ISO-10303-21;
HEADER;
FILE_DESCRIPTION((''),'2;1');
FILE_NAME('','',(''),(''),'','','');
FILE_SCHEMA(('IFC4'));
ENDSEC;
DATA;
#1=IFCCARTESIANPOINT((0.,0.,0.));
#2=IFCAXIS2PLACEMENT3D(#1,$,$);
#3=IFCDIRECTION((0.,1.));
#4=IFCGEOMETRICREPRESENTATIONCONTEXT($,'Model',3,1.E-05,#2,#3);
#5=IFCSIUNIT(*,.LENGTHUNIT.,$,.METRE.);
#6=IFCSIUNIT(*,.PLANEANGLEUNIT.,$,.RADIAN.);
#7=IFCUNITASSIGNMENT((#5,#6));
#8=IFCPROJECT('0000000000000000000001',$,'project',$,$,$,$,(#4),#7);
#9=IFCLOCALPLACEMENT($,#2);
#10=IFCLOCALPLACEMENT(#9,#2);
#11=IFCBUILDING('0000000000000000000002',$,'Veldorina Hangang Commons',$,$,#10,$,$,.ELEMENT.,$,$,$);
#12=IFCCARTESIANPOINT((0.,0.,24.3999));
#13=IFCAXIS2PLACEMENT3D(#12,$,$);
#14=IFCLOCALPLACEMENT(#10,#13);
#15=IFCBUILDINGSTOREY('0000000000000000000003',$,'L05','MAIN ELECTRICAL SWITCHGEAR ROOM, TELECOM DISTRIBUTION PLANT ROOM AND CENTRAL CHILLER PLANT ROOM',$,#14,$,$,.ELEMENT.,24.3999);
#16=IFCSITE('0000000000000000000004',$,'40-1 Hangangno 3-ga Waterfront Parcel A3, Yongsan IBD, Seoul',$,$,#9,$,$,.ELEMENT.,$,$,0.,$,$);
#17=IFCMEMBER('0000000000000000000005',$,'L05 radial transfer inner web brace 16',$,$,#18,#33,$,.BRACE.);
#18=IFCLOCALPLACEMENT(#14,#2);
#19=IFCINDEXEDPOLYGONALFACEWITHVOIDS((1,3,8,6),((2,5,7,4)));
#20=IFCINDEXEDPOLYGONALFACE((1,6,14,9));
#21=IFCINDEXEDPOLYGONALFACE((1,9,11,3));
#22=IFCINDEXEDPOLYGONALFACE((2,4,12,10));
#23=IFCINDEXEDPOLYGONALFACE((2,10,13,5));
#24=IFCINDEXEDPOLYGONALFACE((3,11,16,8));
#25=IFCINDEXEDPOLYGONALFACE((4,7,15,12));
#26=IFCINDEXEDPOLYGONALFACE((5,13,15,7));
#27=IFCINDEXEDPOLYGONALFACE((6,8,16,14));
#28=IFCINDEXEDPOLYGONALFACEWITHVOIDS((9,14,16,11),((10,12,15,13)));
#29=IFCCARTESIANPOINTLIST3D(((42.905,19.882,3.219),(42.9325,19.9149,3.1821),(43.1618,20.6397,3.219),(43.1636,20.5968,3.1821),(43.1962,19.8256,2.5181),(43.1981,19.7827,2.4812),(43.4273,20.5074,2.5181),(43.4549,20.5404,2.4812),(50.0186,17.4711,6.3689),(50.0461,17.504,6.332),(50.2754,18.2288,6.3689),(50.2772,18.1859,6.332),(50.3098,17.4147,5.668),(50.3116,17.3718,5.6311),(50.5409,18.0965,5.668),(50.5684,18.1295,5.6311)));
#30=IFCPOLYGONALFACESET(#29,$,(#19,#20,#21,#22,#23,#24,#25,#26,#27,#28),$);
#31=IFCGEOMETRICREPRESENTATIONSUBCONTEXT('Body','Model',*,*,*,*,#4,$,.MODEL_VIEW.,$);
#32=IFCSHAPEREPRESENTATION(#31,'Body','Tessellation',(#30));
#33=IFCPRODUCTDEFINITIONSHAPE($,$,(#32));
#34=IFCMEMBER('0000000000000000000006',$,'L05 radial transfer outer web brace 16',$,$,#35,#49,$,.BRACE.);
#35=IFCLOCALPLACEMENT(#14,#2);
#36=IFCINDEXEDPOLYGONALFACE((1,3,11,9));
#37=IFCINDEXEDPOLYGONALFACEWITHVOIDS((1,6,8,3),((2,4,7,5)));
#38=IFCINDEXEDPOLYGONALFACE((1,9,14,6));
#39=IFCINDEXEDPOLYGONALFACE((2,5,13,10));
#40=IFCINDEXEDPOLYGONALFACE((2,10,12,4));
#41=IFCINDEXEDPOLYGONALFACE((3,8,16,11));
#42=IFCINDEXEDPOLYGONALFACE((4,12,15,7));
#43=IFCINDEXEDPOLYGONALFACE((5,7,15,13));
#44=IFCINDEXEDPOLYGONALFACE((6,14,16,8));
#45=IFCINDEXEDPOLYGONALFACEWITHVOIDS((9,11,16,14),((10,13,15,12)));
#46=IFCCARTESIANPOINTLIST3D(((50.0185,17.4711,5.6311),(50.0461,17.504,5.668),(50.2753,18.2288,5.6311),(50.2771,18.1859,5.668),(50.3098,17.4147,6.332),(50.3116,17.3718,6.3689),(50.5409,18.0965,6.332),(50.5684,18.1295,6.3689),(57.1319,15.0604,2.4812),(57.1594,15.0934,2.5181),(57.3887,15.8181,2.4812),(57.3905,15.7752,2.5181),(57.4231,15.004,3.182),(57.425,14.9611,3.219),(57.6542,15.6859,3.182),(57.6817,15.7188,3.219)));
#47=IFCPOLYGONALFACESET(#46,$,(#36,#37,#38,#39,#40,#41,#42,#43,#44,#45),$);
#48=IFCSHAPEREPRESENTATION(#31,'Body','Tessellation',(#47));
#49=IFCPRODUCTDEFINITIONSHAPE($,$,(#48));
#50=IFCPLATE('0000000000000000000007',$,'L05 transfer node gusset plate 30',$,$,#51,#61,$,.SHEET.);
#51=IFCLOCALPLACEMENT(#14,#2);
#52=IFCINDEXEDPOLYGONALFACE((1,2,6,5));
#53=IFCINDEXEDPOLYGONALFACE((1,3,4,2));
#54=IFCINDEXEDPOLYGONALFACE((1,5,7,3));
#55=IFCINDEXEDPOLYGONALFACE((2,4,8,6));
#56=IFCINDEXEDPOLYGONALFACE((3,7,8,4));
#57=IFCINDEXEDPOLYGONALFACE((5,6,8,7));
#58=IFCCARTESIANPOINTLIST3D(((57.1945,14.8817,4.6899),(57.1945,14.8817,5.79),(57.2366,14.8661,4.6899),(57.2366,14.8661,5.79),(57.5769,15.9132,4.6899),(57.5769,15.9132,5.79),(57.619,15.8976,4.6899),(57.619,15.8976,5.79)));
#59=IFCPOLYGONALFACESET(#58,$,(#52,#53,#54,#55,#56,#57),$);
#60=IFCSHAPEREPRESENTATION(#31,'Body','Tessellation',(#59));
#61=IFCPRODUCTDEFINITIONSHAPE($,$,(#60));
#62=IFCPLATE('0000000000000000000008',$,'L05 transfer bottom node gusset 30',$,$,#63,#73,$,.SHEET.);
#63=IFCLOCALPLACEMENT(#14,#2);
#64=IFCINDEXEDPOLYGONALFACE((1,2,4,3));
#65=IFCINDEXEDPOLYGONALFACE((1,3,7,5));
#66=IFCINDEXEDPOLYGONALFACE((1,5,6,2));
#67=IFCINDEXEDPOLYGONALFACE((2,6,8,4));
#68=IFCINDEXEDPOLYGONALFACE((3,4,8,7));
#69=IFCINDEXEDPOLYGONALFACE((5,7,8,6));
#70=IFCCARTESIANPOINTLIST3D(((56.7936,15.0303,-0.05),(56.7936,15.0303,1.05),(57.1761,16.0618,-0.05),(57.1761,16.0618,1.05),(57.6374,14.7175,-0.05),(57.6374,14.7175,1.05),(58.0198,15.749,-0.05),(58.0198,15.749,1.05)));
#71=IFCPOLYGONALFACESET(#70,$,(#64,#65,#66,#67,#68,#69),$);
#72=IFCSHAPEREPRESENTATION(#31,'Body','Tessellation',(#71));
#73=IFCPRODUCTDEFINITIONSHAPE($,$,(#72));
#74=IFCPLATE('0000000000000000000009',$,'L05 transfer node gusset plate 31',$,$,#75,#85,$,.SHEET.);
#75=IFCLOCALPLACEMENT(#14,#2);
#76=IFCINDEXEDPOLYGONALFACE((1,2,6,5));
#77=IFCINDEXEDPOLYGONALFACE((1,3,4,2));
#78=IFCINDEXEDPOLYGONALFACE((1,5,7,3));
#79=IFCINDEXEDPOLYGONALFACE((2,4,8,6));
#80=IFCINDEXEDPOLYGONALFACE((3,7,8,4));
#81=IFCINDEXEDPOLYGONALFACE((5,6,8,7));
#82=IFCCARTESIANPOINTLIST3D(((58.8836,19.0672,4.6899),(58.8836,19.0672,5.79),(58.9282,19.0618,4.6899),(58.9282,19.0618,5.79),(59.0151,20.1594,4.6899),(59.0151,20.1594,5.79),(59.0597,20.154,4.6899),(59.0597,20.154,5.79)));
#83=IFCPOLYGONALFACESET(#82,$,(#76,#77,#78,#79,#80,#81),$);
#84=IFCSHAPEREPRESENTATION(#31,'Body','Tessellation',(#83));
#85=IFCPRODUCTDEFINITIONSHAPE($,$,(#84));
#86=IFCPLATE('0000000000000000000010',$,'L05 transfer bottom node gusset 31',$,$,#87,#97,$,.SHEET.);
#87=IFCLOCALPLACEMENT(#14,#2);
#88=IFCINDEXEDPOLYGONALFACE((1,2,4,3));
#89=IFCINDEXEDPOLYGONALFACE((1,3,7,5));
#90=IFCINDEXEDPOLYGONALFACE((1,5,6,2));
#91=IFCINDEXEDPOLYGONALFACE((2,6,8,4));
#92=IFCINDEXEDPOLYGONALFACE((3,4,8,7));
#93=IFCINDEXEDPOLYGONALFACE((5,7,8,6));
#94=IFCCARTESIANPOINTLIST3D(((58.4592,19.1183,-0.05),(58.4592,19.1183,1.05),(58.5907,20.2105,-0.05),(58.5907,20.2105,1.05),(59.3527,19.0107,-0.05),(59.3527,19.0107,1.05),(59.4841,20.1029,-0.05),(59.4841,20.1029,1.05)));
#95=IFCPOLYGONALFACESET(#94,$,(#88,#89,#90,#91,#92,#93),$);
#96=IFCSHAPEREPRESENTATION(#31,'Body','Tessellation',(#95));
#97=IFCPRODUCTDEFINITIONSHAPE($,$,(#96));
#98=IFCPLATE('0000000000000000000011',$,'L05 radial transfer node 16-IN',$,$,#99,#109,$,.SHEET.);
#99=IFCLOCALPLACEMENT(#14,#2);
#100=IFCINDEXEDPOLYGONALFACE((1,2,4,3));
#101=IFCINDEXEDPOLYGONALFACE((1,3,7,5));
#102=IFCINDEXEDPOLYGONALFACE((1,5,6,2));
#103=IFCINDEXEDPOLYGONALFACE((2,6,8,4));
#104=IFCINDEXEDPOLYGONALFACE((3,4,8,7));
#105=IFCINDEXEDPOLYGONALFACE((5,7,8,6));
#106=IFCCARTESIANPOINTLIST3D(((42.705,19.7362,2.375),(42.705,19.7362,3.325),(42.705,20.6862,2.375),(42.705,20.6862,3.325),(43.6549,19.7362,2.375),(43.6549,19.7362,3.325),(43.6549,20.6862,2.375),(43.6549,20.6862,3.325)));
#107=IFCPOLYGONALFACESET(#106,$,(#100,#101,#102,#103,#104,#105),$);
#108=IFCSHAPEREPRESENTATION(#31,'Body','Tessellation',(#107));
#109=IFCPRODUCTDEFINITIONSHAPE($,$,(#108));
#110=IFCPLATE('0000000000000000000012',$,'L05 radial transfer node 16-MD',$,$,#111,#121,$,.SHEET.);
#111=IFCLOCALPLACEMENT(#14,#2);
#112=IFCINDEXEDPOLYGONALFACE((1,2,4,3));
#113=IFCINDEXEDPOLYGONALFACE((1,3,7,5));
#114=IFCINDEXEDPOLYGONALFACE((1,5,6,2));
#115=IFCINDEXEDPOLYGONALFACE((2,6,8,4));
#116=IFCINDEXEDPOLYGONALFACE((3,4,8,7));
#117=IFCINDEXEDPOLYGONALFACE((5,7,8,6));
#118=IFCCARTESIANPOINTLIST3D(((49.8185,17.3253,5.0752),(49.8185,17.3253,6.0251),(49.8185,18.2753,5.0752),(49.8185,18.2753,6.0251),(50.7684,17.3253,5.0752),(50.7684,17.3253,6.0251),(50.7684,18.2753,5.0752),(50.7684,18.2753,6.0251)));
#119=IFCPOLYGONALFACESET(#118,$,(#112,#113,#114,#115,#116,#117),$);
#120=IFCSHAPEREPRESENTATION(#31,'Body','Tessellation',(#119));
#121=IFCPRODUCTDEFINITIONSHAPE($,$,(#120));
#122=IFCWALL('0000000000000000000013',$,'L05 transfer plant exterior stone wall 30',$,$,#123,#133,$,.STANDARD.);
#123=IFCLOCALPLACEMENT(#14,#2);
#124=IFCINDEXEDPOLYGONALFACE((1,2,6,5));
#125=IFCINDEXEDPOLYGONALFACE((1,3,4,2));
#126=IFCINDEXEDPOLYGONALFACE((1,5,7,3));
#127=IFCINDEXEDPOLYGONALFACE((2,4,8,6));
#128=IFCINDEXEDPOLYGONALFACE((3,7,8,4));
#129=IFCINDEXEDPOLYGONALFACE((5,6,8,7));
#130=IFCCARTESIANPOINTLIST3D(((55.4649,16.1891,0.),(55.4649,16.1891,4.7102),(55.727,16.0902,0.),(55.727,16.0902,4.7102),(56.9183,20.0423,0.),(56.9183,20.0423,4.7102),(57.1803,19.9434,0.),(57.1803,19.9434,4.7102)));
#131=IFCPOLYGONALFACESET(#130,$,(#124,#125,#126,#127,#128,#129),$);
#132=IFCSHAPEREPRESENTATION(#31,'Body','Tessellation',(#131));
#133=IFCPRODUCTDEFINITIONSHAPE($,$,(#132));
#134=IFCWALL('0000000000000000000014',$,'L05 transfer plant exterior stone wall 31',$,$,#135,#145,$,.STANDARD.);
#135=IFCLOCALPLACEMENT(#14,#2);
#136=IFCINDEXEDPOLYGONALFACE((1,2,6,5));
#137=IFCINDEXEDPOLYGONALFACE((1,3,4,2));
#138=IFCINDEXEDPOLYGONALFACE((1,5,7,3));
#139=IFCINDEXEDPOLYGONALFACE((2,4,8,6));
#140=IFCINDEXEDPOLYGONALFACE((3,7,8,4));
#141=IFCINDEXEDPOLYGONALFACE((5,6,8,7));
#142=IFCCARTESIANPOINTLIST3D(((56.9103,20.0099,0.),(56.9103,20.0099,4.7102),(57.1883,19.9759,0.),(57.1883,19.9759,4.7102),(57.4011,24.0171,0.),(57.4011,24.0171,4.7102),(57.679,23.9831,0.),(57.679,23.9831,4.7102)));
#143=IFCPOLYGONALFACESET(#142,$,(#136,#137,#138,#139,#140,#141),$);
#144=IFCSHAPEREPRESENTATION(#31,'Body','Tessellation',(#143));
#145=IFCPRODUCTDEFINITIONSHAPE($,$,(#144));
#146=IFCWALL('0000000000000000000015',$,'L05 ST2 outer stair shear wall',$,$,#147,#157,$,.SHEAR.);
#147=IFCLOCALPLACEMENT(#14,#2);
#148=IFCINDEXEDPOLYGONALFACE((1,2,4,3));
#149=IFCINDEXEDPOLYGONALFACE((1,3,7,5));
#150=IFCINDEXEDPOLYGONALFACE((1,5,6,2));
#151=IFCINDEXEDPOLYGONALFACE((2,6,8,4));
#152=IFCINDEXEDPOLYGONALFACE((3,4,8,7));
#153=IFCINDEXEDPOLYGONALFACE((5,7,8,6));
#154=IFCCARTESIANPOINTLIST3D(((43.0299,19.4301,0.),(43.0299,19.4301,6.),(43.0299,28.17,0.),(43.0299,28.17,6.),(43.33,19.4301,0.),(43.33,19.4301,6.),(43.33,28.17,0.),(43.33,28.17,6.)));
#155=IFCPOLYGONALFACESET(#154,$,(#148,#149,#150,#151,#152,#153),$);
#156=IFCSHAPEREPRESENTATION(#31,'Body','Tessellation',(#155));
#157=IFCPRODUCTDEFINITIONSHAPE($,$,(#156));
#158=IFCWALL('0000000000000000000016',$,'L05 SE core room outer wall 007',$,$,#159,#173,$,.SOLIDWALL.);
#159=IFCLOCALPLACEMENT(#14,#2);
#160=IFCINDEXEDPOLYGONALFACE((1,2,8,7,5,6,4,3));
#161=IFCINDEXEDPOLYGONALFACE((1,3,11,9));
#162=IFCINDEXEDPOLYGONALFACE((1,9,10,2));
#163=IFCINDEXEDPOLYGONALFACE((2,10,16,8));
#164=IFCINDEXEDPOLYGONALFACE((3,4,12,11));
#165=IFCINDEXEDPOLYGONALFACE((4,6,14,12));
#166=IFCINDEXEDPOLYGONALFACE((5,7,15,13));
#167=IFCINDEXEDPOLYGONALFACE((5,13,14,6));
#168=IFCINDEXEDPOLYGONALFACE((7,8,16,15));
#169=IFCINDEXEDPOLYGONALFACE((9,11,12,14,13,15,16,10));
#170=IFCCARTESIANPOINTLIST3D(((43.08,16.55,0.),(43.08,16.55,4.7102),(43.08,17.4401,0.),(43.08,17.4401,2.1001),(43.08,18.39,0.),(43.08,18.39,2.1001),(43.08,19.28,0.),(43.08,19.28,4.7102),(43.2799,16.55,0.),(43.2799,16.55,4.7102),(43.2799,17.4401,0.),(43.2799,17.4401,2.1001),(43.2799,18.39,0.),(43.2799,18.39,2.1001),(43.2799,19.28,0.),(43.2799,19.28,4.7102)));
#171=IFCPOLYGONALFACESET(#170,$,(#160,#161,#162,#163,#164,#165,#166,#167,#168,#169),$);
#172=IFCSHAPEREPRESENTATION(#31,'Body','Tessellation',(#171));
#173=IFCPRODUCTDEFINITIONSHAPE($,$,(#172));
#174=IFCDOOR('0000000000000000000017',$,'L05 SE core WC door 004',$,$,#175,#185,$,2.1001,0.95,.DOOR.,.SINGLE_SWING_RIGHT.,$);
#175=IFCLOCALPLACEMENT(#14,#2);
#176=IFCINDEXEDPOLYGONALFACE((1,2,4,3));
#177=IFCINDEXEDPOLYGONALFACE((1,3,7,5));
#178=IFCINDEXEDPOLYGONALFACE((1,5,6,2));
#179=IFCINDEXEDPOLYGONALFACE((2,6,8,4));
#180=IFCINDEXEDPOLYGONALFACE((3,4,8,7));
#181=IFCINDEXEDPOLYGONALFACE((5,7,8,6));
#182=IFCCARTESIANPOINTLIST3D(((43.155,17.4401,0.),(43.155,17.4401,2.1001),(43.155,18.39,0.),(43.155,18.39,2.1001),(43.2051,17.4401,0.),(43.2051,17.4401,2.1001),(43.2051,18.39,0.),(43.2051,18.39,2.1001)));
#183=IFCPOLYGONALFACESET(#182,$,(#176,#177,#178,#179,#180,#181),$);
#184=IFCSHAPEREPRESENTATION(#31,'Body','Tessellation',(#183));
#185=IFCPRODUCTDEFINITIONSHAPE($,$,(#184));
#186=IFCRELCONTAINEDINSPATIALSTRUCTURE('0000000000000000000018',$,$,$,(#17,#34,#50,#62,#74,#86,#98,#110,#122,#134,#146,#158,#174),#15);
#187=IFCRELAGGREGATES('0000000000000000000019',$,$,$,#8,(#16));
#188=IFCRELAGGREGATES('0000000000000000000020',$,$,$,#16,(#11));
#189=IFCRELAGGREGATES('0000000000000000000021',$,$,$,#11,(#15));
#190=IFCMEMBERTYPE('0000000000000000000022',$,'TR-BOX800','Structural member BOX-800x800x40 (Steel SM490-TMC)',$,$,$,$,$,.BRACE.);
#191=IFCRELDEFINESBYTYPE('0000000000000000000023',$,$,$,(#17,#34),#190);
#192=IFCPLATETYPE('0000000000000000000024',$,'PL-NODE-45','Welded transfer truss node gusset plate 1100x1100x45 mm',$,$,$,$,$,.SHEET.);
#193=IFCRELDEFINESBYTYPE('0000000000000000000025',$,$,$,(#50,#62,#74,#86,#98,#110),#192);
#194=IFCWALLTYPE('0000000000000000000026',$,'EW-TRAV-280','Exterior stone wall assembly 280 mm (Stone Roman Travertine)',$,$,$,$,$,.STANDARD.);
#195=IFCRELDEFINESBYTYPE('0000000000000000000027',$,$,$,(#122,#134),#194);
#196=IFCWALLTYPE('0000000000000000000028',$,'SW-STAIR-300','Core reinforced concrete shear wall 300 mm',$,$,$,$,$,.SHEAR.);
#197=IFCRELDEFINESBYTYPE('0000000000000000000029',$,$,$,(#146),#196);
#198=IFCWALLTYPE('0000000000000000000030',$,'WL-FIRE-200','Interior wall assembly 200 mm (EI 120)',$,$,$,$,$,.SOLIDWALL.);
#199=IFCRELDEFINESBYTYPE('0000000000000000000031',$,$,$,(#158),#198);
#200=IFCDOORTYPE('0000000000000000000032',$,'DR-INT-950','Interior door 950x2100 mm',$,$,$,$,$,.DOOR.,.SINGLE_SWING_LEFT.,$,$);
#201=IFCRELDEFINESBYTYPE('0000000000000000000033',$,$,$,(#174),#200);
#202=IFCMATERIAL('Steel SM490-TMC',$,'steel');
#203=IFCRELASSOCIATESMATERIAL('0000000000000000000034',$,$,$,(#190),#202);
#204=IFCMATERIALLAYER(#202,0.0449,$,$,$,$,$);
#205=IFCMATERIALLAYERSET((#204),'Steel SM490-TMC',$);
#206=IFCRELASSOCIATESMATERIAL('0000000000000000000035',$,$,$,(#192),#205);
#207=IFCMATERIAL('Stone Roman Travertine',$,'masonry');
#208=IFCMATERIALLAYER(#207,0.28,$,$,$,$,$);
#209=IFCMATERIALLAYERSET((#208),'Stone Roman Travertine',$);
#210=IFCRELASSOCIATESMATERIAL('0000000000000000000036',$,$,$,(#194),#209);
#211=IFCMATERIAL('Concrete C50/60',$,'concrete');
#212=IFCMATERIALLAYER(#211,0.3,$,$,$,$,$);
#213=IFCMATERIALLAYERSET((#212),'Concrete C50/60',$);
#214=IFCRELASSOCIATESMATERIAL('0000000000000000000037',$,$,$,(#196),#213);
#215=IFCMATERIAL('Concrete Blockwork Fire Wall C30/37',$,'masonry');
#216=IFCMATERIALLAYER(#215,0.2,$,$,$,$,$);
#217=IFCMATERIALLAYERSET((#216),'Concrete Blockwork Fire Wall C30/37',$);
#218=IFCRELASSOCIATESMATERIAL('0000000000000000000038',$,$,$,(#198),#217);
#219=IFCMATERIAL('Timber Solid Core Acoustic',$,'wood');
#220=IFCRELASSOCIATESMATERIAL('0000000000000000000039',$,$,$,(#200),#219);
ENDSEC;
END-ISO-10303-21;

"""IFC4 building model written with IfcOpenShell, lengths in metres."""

from ifc_helpers import new_model, si_unit, direction, frame, frame_2d, origin, origin_2d, place, context, subcontext, project, spatial, rectangle, hollow_rectangle, extrude, material, layer, layer_set, material_profile, profile_set, type_object, element, fill, save


model = new_model("IFC4")

# Units and contexts
model_context = context("Model", 3, precision=1e-05, world=origin(), true_north=direction((0.0, 1.0)))
body_context = subcontext(model_context, "Body", "Model", "MODEL_VIEW")
ifc_project = project(units=[si_unit("LENGTHUNIT", "METRE"), si_unit("PLANEANGLEUNIT", "RADIAN")], contexts=[model_context])

# Site, building, storey
site_placement = place(None, origin())
site = spatial("IfcSite", under=ifc_project, at=site_placement, Name="40-1 Hangangno 3-ga Waterfront Parcel A3, Yongsan IBD, Seoul", CompositionType="ELEMENT", RefElevation=0.0)
building_placement = place(site_placement, origin())
building = spatial("IfcBuilding", under=site, at=building_placement, Name="Veldorina Hangang Commons", CompositionType="ELEMENT")
storey_placement = place(building_placement, frame((0.0, 0.0, 24.3999)))
storey = spatial("IfcBuildingStorey", under=building, at=storey_placement, Name="L05", Description="MAIN ELECTRICAL SWITCHGEAR ROOM, TELECOM DISTRIBUTION PLANT ROOM AND CENTRAL CHILLER PLANT ROOM", CompositionType="ELEMENT", Elevation=24.3999)

# Shared definitions
ifc_material_1 = material(Name="Steel SM490-TMC", Category="steel")

# Members
ifc_material_profile_1 = material_profile(ifc_material_1, hollow_rectangle(XDim=0.8, YDim=0.8, WallThickness=0.04, at=origin_2d()), Name="BOX-800x800x40")
ifc_profile_set_1 = profile_set([ifc_material_profile_1], Name="Steel SM490-TMC")
member_type = type_object("IfcMemberType", Name="TR-BOX800", Description="Structural member BOX-800x800x40 (Steel SM490-TMC)", PredefinedType="BRACE", material=ifc_profile_set_1)
member_1_placement = place(storey_placement, frame((43.1799, 20.2112, 2.8501), z_axis=(0.873391, -0.296006, 0.386741), x_axis=(0.320982, 0.947085, 0.0)))
element("IfcMember", 1, at=member_1_placement, inside=storey, type_object=member_type, Name="L05 radial transfer inner web brace 16", PredefinedType="BRACE", context=body_context, shape_type="SweptSolid", body=[
    extrude(hollow_rectangle(XDim=0.8, YDim=0.8, WallThickness=0.04, at=origin_2d()), origin(), (0.0, 0.0, 1.0), 8.1448),
])
member_2_placement = place(storey_placement, frame((50.2935, 17.8003, 6.0), z_axis=(0.873391, -0.295987, -0.386755), x_axis=(0.320963, 0.947092, 0.0)))
element("IfcMember", 2, at=member_2_placement, inside=storey, type_object=member_type, Name="L05 radial transfer outer web brace 16", PredefinedType="BRACE", context=body_context, shape_type="SweptSolid", body=[
    extrude(hollow_rectangle(XDim=0.8, YDim=0.8, WallThickness=0.04, at=origin_2d()), origin(), (0.0, 0.0, 1.0), 8.1445),
])

# Plates
ifc_layer_1 = layer(ifc_material_1, 0.0449)
ifc_layer_set_1 = layer_set([ifc_layer_1], Name="Steel SM490-TMC")
plate_type = type_object("IfcPlateType", Name="PL-NODE-45", Description="Welded transfer truss node gusset plate 1100x1100x45 mm", PredefinedType="SHEET", material=ifc_layer_set_1)
plate_1_placement = place(storey_placement, frame((57.4067, 15.3896, 4.6899), z_axis=(0.0, 0.0, 1.0), x_axis=(0.347623, 0.937634, 0.0)))
element("IfcPlate", 3, at=plate_1_placement, inside=storey, type_object=plate_type, Name="L05 transfer node gusset plate 30", PredefinedType="SHEET", context=body_context, shape_type="SweptSolid", body=[
    extrude(rectangle(XDim=1.1001, YDim=0.0449, at=origin_2d()), origin(), (0.0, 0.0, 1.0), 1.1001),
])
plate_2_placement = place(storey_placement, frame((57.4067, 15.3896, -0.05), z_axis=(0.0, 0.0, 1.0), x_axis=(0.347623, 0.937634, 0.0)))
element("IfcPlate", 4, at=plate_2_placement, inside=storey, type_object=plate_type, Name="L05 transfer bottom node gusset 30", PredefinedType="SHEET", context=body_context, shape_type="SweptSolid", body=[
    extrude(rectangle(XDim=1.1001, YDim=0.8999, at=origin_2d()), origin(), (0.0, 0.0, 1.0), 1.1001),
])
plate_3_placement = place(storey_placement, frame((58.9717, 19.6106, 4.6899), z_axis=(0.0, 0.0, 1.0), x_axis=(0.119513, 0.992833, 0.0)))
element("IfcPlate", 5, at=plate_3_placement, inside=storey, type_object=plate_type, Name="L05 transfer node gusset plate 31", PredefinedType="SHEET", context=body_context, shape_type="SweptSolid", body=[
    extrude(rectangle(XDim=1.1001, YDim=0.0449, at=origin_2d()), origin(), (0.0, 0.0, 1.0), 1.1001),
])
plate_4_placement = place(storey_placement, frame((58.9717, 19.6106, -0.05), z_axis=(0.0, 0.0, 1.0), x_axis=(0.119513, 0.992833, 0.0)))
element("IfcPlate", 6, at=plate_4_placement, inside=storey, type_object=plate_type, Name="L05 transfer bottom node gusset 31", PredefinedType="SHEET", context=body_context, shape_type="SweptSolid", body=[
    extrude(rectangle(XDim=1.1001, YDim=0.8999, at=origin_2d()), origin(), (0.0, 0.0, 1.0), 1.1001),
])
for number, where, z_axis, x_axis, name in (
    (7, (43.1799, 20.2112, 2.375), (0.0, 0.0, 1.0), (1.0, 0.0, 0.0), "L05 radial transfer node 16-IN"),
    (8, (50.2935, 17.8003, 5.0752), (0.0, 0.0, 1.0), (1.0, 0.0, 0.0), "L05 radial transfer node 16-MD"),
):
    element("IfcPlate", number, at=place(storey_placement, frame(where, z_axis=z_axis, x_axis=x_axis)), inside=storey, type_object=plate_type, Name=name, PredefinedType="SHEET", context=body_context, shape_type="SweptSolid", body=[
        extrude(rectangle(XDim=0.95, YDim=0.95, at=origin_2d()), origin(), (0.0, 0.0, 1.0), 0.95),
    ])

# Walls
ifc_material_2 = material(Name="Stone Roman Travertine", Category="masonry")
ifc_layer_2 = layer(ifc_material_2, 0.28)
ifc_layer_set_2 = layer_set([ifc_layer_2], Name="Stone Roman Travertine")
wall_type_1 = type_object("IfcWallType", Name="EW-TRAV-280", Description="Exterior stone wall assembly 280 mm (Stone Roman Travertine)", PredefinedType="STANDARD", material=ifc_layer_set_2)
wall_1_placement = place(storey_placement, frame((55.5959, 16.1396, 0.0), z_axis=(0.0, 0.0, 1.0), x_axis=(0.352909, 0.935657, 0.0)))
element("IfcWall", 9, at=wall_1_placement, inside=storey, type_object=wall_type_1, Name="L05 transfer plant exterior stone wall 30", PredefinedType="STANDARD", context=body_context, shape_type="SweptSolid", body=[
    extrude(rectangle(XDim=4.1182, YDim=0.28, at=frame_2d((2.0591, 0.0))), origin(), (0.0, 0.0, 1.0), 4.7102),
])
wall_2_placement = place(storey_placement, frame((57.0493, 19.9929, 0.0), z_axis=(0.0, 0.0, 1.0), x_axis=(0.121556, 0.992585, 0.0)))
element("IfcWall", 10, at=wall_2_placement, inside=storey, type_object=wall_type_1, Name="L05 transfer plant exterior stone wall 31", PredefinedType="STANDARD", context=body_context, shape_type="SweptSolid", body=[
    extrude(rectangle(XDim=4.0371, YDim=0.28, at=frame_2d((2.0186, 0.0))), origin(), (0.0, 0.0, 1.0), 4.7102),
])
ifc_material_3 = material(Name="Concrete C50/60", Category="concrete")
ifc_layer_3 = layer(ifc_material_3, 0.3)
ifc_layer_set_3 = layer_set([ifc_layer_3], Name="Concrete C50/60")
wall_type_2 = type_object("IfcWallType", Name="SW-STAIR-300", Description="Core reinforced concrete shear wall 300 mm", PredefinedType="SHEAR", material=ifc_layer_set_3)
wall_3_placement = place(storey_placement, frame((43.1799, 19.4299, 0.0), z_axis=(0.0, 0.0, 1.0), x_axis=(0.0, 1.0, 0.0)))
element("IfcWall", 11, at=wall_3_placement, inside=storey, type_object=wall_type_2, Name="L05 ST2 outer stair shear wall", PredefinedType="SHEAR", context=body_context, shape_type="SweptSolid", body=[
    extrude(rectangle(XDim=8.74, YDim=0.3, at=frame_2d((4.3701, 0.0))), origin(), (0.0, 0.0, 1.0), 6.0),
])

# Wall, opening, door
ifc_material_4 = material(Name="Concrete Blockwork Fire Wall C30/37", Category="masonry")
ifc_layer_4 = layer(ifc_material_4, 0.2)
ifc_layer_set_4 = layer_set([ifc_layer_4], Name="Concrete Blockwork Fire Wall C30/37")
wall_type_3 = type_object("IfcWallType", Name="WL-FIRE-200", Description="Interior wall assembly 200 mm (EI 120)", PredefinedType="SOLIDWALL", material=ifc_layer_set_4)
wall_4_placement = place(storey_placement, frame((43.1799, 16.55, 0.0), z_axis=(0.0, 0.0, 1.0), x_axis=(0.0, 1.0, 0.0)))
wall_4 = element("IfcWall", 12, at=wall_4_placement, inside=storey, type_object=wall_type_3, Name="L05 SE core room outer wall 007", PredefinedType="SOLIDWALL", context=body_context, shape_type="SweptSolid", body=[
    extrude(rectangle(XDim=2.73, YDim=0.2, at=frame_2d((1.365, 0.0))), origin(), (0.0, 0.0, 1.0), 4.7102),
])
opening_1_placement = place(wall_4_placement, frame((0.8899, 0.0, 0.0)))
opening_1 = element("IfcOpeningElement", 13, at=opening_1_placement, cuts=wall_4, PredefinedType="OPENING", context=body_context, shape_type="SweptSolid", body=[
    extrude(rectangle(XDim=0.95, YDim=2.1001, at=frame_2d((0.4751, 1.05))), frame((0.0, 0.1099, 0.0), z_axis=(0.0, -1.0, 0.0), x_axis=(1.0, 0.0, 0.0)), (0.0, 0.0, 1.0), 0.22),
])
ifc_material_5 = material(Name="Timber Solid Core Acoustic", Category="wood")
door_type_1 = type_object("IfcDoorType", Name="DR-INT-950", Description="Interior door 950x2100 mm", OperationType="SINGLE_SWING_LEFT", PredefinedType="DOOR", material=ifc_material_5)
door_1_placement = place(opening_1_placement, origin())
door_1 = element("IfcDoor", 14, at=door_1_placement, inside=storey, type_object=door_type_1, Name="L05 SE core WC door 004", OperationType="SINGLE_SWING_RIGHT", OverallHeight=2.1001, OverallWidth=0.95, PredefinedType="DOOR", context=body_context, shape_type="SweptSolid", body=[
    extrude(rectangle(XDim=0.95, YDim=2.1001, at=frame_2d((0.4751, 1.05))), frame((0.0, 0.0249, 0.0), z_axis=(0.0, -1.0, 0.0), x_axis=(1.0, 0.0, 0.0)), (0.0, 0.0, 1.0), 0.05),
])
fill(opening_1, door_1)

save(model, "model.ifc")
